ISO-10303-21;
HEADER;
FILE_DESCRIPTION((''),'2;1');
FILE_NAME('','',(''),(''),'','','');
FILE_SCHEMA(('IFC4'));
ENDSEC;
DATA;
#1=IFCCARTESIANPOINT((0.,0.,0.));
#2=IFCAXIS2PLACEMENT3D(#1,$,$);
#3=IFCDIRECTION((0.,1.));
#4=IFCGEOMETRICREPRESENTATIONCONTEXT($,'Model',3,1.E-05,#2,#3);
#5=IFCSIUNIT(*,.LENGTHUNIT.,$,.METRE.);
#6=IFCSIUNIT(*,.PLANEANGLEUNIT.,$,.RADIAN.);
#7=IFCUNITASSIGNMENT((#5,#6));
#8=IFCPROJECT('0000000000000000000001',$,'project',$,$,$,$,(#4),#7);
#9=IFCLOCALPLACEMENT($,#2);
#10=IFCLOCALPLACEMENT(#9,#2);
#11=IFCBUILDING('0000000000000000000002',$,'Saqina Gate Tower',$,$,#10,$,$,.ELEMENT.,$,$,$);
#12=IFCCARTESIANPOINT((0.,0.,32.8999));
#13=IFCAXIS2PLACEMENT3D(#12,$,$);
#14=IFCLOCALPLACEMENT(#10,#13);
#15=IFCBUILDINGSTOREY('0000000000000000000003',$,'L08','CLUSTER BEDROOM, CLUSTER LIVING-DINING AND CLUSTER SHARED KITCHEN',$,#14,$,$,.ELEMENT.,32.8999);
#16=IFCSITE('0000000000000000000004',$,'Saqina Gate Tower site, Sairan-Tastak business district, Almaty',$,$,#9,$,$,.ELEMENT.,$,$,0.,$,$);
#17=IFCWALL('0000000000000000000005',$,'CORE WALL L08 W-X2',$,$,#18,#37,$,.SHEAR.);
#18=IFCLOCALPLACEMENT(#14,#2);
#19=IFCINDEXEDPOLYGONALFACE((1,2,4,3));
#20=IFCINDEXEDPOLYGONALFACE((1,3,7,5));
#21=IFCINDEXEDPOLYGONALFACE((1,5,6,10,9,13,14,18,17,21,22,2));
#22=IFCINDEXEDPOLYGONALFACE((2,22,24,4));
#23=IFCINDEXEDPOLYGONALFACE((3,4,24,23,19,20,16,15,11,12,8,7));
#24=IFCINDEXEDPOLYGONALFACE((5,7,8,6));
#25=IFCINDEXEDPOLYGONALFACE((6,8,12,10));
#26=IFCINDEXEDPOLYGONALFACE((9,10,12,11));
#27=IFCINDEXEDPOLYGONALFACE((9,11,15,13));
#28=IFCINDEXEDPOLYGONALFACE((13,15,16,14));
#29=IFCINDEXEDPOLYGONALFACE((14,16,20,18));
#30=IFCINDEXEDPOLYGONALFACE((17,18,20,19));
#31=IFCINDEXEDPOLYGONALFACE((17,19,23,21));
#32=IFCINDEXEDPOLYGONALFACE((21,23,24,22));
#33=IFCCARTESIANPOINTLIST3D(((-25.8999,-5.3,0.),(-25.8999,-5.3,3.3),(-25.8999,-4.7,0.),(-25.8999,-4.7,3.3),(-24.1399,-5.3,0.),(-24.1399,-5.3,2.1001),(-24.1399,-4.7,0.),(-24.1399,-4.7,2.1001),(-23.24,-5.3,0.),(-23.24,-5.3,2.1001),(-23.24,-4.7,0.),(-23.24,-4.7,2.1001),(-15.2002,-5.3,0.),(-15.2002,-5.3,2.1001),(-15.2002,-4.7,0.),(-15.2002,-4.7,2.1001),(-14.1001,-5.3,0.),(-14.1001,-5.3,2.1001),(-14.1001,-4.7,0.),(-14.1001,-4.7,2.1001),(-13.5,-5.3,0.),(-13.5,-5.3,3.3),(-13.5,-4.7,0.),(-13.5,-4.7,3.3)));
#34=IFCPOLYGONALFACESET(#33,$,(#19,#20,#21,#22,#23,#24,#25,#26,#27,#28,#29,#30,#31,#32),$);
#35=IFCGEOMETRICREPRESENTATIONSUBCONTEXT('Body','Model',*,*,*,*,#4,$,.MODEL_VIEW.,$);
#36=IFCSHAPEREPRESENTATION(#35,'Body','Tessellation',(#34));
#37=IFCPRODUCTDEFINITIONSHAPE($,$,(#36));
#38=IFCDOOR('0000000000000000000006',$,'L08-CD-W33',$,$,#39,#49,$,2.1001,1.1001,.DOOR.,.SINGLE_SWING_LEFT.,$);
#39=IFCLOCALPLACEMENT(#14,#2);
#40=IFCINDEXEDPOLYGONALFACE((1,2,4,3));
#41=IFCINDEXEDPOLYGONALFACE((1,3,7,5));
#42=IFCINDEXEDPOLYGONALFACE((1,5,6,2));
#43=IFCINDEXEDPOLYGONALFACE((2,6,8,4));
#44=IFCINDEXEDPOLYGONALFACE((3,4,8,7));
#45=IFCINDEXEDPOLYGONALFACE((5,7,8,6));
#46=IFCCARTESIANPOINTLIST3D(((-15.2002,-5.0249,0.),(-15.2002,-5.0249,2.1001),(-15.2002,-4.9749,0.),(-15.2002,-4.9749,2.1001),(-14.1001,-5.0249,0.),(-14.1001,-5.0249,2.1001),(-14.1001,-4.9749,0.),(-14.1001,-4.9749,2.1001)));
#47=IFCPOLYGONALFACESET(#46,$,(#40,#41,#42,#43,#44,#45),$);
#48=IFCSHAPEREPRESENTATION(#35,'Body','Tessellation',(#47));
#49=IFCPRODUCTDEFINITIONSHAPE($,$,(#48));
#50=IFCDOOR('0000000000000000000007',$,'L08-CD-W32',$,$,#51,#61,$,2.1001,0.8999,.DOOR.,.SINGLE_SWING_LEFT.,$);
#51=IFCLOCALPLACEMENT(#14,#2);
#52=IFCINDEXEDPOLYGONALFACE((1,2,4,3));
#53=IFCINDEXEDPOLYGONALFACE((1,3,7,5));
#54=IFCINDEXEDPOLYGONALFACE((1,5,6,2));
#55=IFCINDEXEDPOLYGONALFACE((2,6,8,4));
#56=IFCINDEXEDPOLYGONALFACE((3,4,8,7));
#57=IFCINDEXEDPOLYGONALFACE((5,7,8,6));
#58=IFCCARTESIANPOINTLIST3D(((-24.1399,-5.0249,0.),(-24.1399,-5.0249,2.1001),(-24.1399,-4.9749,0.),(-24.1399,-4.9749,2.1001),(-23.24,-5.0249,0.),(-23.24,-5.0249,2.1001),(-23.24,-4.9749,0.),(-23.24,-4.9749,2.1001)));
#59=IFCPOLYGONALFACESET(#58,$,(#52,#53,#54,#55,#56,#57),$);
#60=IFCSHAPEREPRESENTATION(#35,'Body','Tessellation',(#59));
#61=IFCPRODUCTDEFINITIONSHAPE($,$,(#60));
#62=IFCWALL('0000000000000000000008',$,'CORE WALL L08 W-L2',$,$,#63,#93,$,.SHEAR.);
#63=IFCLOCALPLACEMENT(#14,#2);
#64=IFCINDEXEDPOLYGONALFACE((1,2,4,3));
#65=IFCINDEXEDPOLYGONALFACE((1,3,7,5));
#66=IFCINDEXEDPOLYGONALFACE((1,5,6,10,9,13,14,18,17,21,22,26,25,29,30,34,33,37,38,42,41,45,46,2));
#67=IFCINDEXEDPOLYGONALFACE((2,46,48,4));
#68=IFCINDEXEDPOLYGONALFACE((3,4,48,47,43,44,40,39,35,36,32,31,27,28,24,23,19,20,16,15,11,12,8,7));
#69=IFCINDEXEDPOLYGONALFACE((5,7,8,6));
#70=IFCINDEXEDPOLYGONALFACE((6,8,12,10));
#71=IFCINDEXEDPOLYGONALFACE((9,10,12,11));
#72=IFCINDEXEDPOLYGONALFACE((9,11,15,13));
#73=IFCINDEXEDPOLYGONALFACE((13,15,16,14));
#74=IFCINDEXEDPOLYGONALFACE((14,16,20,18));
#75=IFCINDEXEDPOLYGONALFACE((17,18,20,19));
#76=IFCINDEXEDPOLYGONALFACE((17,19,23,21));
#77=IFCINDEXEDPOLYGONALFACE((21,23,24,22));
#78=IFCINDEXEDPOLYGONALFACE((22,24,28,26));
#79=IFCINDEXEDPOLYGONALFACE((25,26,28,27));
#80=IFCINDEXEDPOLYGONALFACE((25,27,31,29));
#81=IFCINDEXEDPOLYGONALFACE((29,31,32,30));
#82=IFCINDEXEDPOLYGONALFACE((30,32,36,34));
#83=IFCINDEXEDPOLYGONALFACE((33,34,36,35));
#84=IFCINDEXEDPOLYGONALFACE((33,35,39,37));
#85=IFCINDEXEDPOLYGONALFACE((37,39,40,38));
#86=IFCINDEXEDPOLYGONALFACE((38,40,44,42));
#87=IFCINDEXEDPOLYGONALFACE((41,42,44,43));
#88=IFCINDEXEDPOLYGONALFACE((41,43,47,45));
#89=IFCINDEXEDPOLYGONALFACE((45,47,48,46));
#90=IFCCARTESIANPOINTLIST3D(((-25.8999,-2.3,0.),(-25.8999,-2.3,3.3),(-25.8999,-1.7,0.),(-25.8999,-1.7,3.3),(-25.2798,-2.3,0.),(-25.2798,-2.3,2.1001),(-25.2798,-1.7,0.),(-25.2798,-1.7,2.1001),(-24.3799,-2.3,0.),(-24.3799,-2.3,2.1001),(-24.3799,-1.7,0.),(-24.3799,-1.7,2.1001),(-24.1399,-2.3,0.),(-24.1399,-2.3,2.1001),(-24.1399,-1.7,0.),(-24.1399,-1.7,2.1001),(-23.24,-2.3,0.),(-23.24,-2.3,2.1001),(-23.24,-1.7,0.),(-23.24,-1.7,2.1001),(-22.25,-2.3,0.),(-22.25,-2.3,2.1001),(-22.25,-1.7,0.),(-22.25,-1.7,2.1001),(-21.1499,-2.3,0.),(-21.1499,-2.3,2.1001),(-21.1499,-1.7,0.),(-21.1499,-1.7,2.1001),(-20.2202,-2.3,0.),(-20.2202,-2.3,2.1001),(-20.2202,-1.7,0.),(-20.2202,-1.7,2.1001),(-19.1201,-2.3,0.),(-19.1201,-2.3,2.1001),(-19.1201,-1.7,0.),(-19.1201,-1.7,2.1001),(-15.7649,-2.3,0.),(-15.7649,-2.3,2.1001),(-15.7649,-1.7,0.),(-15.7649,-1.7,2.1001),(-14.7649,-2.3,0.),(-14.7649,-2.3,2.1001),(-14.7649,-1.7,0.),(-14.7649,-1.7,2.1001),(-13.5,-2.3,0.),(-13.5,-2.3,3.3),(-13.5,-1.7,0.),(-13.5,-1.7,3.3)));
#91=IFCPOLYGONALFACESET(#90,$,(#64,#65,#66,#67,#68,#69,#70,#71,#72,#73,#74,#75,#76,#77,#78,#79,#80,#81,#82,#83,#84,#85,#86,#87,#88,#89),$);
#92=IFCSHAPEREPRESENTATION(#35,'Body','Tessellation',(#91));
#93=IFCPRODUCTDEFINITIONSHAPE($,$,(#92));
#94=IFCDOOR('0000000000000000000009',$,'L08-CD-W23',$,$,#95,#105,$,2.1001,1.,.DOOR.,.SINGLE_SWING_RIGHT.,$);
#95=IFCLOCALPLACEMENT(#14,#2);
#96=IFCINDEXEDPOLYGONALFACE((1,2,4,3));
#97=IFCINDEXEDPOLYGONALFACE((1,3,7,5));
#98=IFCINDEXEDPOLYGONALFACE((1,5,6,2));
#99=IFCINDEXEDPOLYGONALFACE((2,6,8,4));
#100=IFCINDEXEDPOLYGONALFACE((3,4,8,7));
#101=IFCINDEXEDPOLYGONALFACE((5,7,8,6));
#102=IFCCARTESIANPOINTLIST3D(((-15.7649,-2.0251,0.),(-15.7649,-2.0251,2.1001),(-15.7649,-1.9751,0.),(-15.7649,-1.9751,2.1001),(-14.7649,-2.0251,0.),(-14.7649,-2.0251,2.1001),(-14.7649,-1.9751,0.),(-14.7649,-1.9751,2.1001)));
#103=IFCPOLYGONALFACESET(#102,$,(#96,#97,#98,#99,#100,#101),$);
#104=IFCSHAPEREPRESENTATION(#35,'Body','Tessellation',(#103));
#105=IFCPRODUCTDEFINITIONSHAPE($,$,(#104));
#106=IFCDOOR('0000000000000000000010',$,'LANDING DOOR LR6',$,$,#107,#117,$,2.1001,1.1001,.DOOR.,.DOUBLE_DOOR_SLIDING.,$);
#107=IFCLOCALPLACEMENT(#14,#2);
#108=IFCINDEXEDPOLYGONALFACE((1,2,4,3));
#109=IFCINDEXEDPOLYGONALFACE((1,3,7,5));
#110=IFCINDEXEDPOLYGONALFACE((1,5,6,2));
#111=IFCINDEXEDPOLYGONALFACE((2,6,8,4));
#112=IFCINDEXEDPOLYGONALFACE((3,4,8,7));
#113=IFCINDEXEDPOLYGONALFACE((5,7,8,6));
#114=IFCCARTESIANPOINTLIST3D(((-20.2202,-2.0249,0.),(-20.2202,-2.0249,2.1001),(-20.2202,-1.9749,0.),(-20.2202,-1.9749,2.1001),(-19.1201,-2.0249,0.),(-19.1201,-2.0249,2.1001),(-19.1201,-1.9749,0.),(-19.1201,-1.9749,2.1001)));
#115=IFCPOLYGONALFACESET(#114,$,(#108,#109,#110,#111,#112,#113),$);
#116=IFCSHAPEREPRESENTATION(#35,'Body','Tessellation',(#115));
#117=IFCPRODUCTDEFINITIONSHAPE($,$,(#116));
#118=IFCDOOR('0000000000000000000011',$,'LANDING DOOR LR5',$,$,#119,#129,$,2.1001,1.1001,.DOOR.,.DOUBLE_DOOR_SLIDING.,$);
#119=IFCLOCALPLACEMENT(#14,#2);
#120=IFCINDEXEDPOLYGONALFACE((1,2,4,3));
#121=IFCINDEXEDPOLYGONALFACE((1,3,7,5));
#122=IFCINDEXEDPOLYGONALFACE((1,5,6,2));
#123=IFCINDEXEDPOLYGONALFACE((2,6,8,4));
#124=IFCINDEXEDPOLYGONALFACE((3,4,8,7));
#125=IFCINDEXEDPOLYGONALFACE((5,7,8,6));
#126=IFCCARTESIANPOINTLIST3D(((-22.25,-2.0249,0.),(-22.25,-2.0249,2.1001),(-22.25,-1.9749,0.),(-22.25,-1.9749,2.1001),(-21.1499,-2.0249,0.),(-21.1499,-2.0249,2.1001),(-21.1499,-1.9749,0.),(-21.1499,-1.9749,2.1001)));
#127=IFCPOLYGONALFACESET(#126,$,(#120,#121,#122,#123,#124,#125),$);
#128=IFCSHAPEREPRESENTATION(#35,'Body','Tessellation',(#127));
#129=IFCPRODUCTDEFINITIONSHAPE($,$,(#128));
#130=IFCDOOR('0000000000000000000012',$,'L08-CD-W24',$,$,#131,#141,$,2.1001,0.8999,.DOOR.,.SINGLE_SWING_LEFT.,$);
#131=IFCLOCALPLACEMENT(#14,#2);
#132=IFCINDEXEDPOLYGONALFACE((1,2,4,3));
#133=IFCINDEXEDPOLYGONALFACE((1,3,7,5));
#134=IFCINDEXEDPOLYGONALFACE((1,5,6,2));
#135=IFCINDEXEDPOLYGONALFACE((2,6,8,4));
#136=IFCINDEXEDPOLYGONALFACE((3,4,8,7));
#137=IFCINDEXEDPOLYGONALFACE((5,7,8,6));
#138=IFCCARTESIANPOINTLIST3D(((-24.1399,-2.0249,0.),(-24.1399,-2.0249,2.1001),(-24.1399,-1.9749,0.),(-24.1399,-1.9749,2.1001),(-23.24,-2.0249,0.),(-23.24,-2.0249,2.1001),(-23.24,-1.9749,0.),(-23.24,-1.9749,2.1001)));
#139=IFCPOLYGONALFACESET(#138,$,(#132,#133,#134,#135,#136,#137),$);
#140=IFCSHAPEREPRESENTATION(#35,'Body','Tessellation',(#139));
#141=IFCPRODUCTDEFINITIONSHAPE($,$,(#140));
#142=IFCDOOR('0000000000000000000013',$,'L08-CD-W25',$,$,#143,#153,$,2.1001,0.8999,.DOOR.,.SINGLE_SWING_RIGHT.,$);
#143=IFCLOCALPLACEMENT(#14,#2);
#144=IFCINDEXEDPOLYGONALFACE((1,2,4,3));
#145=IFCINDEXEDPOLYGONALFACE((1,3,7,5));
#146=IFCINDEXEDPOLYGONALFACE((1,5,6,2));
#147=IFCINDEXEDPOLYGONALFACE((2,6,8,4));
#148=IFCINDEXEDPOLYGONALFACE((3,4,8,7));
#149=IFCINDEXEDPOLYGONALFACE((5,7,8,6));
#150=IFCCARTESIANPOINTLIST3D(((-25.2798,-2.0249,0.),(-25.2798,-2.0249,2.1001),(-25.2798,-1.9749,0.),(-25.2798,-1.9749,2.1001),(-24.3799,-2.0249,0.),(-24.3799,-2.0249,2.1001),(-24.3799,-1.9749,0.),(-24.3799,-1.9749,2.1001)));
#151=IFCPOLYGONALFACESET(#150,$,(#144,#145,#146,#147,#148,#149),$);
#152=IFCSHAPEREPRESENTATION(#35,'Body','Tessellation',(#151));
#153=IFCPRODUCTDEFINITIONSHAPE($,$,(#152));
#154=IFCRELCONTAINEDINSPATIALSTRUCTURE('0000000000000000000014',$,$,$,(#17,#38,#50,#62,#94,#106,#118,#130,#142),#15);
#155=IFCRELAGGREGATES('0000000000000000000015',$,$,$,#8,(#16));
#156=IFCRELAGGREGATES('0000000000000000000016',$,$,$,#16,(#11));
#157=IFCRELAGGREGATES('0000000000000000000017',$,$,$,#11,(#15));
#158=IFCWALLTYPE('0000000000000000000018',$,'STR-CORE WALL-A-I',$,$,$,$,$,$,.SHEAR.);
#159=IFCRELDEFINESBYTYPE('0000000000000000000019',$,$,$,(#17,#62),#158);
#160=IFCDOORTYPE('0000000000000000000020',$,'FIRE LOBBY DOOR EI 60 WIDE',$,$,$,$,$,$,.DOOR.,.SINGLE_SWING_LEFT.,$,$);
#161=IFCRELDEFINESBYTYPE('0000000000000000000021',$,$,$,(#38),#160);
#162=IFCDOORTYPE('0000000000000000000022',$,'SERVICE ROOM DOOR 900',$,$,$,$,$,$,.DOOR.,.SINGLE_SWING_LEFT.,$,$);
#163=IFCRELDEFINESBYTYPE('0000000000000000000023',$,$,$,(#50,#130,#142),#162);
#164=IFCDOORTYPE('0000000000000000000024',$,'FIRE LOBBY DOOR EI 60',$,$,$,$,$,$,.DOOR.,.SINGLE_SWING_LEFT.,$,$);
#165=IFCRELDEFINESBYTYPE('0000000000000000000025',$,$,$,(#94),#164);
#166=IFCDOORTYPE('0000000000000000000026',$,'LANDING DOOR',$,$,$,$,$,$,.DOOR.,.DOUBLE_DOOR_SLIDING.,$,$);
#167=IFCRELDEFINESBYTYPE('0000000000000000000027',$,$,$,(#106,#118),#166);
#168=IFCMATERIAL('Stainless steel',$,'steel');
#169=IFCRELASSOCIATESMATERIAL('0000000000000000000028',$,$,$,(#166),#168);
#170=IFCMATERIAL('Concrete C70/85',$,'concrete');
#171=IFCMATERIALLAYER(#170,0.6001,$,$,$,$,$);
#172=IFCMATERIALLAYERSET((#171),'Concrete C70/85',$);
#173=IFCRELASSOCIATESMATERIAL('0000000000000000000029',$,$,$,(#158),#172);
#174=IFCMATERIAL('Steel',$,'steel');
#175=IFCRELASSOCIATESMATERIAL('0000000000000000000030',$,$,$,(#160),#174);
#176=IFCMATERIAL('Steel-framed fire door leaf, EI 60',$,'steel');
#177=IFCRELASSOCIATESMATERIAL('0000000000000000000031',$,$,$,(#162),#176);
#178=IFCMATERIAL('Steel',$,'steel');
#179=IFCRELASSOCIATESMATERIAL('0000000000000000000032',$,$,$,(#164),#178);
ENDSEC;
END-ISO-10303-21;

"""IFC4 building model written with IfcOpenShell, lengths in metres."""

from ifc_helpers import new_model, si_unit, direction, frame, frame_2d, origin, place, context, subcontext, project, spatial, rectangle, extrude, material, layer, layer_set, type_object, element, fill, save


model = new_model("IFC4")

# Units and contexts
model_context = context("Model", 3, precision=1e-05, world=origin(), true_north=direction((0.0, 1.0)))
body_context = subcontext(model_context, "Body", "Model", "MODEL_VIEW")
ifc_project = project(units=[si_unit("LENGTHUNIT", "METRE"), si_unit("PLANEANGLEUNIT", "RADIAN")], contexts=[model_context])

# Site, building, storey
site_placement = place(None, origin())
site = spatial("IfcSite", under=ifc_project, at=site_placement, Name="Saqina Gate Tower site, Sairan-Tastak business district, Almaty", CompositionType="ELEMENT", RefElevation=0.0)
building_placement = place(site_placement, origin())
building = spatial("IfcBuilding", under=site, at=building_placement, Name="Saqina Gate Tower", CompositionType="ELEMENT")
storey_placement = place(building_placement, frame((0.0, 0.0, 32.8999)))
storey = spatial("IfcBuildingStorey", under=building, at=storey_placement, Name="L08", Description="CLUSTER BEDROOM, CLUSTER LIVING-DINING AND CLUSTER SHARED KITCHEN", CompositionType="ELEMENT", Elevation=32.8999)

# Shared definitions
ifc_material_1 = material(Name="Stainless steel", Category="steel")
door_type_1 = type_object("IfcDoorType", Name="LANDING DOOR", OperationType="DOUBLE_DOOR_SLIDING", PredefinedType="DOOR", material=ifc_material_1)

# Walls, openings, doors
ifc_material_2 = material(Name="Concrete C70/85", Category="concrete")
ifc_layer_1 = layer(ifc_material_2, 0.6001)
ifc_layer_set_1 = layer_set([ifc_layer_1], Name="Concrete C70/85")
wall_type_1 = type_object("IfcWallType", Name="STR-CORE WALL-A-I", PredefinedType="SHEAR", material=ifc_layer_set_1)
wall_1_placement = place(storey_placement, frame((-13.5, -5.0, 0.0), z_axis=(0.0, 0.0, 1.0), x_axis=(-1.0, 0.0, 0.0)))
wall_1 = element("IfcWall", 1, at=wall_1_placement, inside=storey, type_object=wall_type_1, Name="CORE WALL L08 W-X2", PredefinedType="SHEAR", context=body_context, shape_type="SweptSolid", body=[
    extrude(rectangle(XDim=12.3999, YDim=0.6001, at=frame_2d((6.2, 0.0))), origin(), (0.0, 0.0, 1.0), 3.3),
])
opening_1_placement = place(wall_1_placement, frame((9.74, 0.0, 0.0)))
opening_1 = element("IfcOpeningElement", 2, at=opening_1_placement, cuts=wall_1, PredefinedType="OPENING", context=body_context, shape_type="SweptSolid", body=[
    extrude(rectangle(XDim=0.8999, YDim=2.1001, at=frame_2d((0.45, 1.05))), frame((0.0, 0.312, 0.0), z_axis=(0.0, -1.0, 0.0), x_axis=(1.0, 0.0, 0.0)), (0.0, 0.0, 1.0), 0.624),
])
opening_2_placement = place(wall_1_placement, frame((0.6001, 0.0, 0.0)))
opening_2 = element("IfcOpeningElement", 3, at=opening_2_placement, cuts=wall_1, PredefinedType="OPENING", context=body_context, shape_type="SweptSolid", body=[
    extrude(rectangle(XDim=1.1001, YDim=2.1001, at=frame_2d((0.55, 1.05))), frame((0.0, 0.312, 0.0), z_axis=(0.0, -1.0, 0.0), x_axis=(1.0, 0.0, 0.0)), (0.0, 0.0, 1.0), 0.624),
])
ifc_material_3 = material(Name="Steel", Category="steel")
door_type_2 = type_object("IfcDoorType", Name="FIRE LOBBY DOOR EI 60 WIDE", OperationType="SINGLE_SWING_LEFT", PredefinedType="DOOR", material=ifc_material_3)
door_1_placement = place(opening_2_placement, origin())
door_1 = element("IfcDoor", 4, at=door_1_placement, inside=storey, type_object=door_type_2, Name="L08-CD-W33", OperationType="SINGLE_SWING_LEFT", OverallHeight=2.1001, OverallWidth=1.1001, PredefinedType="DOOR", context=body_context, shape_type="SweptSolid", body=[
    extrude(rectangle(XDim=1.1001, YDim=2.1001, at=frame_2d((0.55, 1.05))), frame((0.0, 0.0249, 0.0), z_axis=(0.0, -1.0, 0.0), x_axis=(1.0, 0.0, 0.0)), (0.0, 0.0, 1.0), 0.05),
])
fill(opening_2, door_1)
ifc_material_4 = material(Name="Steel-framed fire door leaf, EI 60", Category="steel")
door_type_3 = type_object("IfcDoorType", Name="SERVICE ROOM DOOR 900", OperationType="SINGLE_SWING_LEFT", PredefinedType="DOOR", material=ifc_material_4)
door_2_placement = place(opening_1_placement, origin())
door_2 = element("IfcDoor", 5, at=door_2_placement, inside=storey, type_object=door_type_3, Name="L08-CD-W32", OperationType="SINGLE_SWING_LEFT", OverallHeight=2.1001, OverallWidth=0.8999, PredefinedType="DOOR", context=body_context, shape_type="SweptSolid", body=[
    extrude(rectangle(XDim=0.8999, YDim=2.1001, at=frame_2d((0.45, 1.05))), frame((0.0, 0.0249, 0.0), z_axis=(0.0, -1.0, 0.0), x_axis=(1.0, 0.0, 0.0)), (0.0, 0.0, 1.0), 0.05),
])
fill(opening_1, door_2)
wall_2_placement = place(storey_placement, frame((-13.5, -2.0, 0.0), z_axis=(0.0, 0.0, 1.0), x_axis=(-1.0, 0.0, 0.0)))
wall_2 = element("IfcWall", 6, at=wall_2_placement, inside=storey, type_object=wall_type_1, Name="CORE WALL L08 W-L2", PredefinedType="SHEAR", context=body_context, shape_type="SweptSolid", body=[
    extrude(rectangle(XDim=12.3999, YDim=0.6001, at=frame_2d((6.2, 0.0))), origin(), (0.0, 0.0, 1.0), 3.3),
])
opening_3_placement = place(wall_2_placement, frame((5.6201, 0.0, 0.0)))
opening_3 = element("IfcOpeningElement", 7, at=opening_3_placement, cuts=wall_2, PredefinedType="OPENING", context=body_context, shape_type="SweptSolid", body=[
    extrude(rectangle(XDim=1.1001, YDim=2.1001, at=frame_2d((0.55, 1.05))), frame((0.0, 0.312, 0.0), z_axis=(0.0, -1.0, 0.0), x_axis=(1.0, 0.0, 0.0)), (0.0, 0.0, 1.0), 0.624),
])
opening_4_placement = place(wall_2_placement, frame((7.6499, 0.0, 0.0)))
opening_4 = element("IfcOpeningElement", 8, at=opening_4_placement, cuts=wall_2, PredefinedType="OPENING", context=body_context, shape_type="SweptSolid", body=[
    extrude(rectangle(XDim=1.1001, YDim=2.1001, at=frame_2d((0.55, 1.05))), frame((0.0, 0.312, 0.0), z_axis=(0.0, -1.0, 0.0), x_axis=(1.0, 0.0, 0.0)), (0.0, 0.0, 1.0), 0.624),
])
opening_5_placement = place(wall_2_placement, frame((1.2649, 0.0, 0.0)))
opening_5 = element("IfcOpeningElement", 9, at=opening_5_placement, cuts=wall_2, PredefinedType="OPENING", context=body_context, shape_type="SweptSolid", body=[
    extrude(rectangle(XDim=1.0, YDim=2.1001, at=frame_2d((0.5, 1.05))), frame((0.0, 0.312, 0.0), z_axis=(0.0, -1.0, 0.0), x_axis=(1.0, 0.0, 0.0)), (0.0, 0.0, 1.0), 0.624),
])
opening_6_placement = place(wall_2_placement, frame((9.74, 0.0, 0.0)))
opening_6 = element("IfcOpeningElement", 10, at=opening_6_placement, cuts=wall_2, PredefinedType="OPENING", context=body_context, shape_type="SweptSolid", body=[
    extrude(rectangle(XDim=0.8999, YDim=2.1001, at=frame_2d((0.45, 1.05))), frame((0.0, 0.312, 0.0), z_axis=(0.0, -1.0, 0.0), x_axis=(1.0, 0.0, 0.0)), (0.0, 0.0, 1.0), 0.624),
])
opening_7_placement = place(wall_2_placement, frame((10.8799, 0.0, 0.0)))
opening_7 = element("IfcOpeningElement", 11, at=opening_7_placement, cuts=wall_2, PredefinedType="OPENING", context=body_context, shape_type="SweptSolid", body=[
    extrude(rectangle(XDim=0.8999, YDim=2.1001, at=frame_2d((0.45, 1.05))), frame((0.0, 0.312, 0.0), z_axis=(0.0, -1.0, 0.0), x_axis=(1.0, 0.0, 0.0)), (0.0, 0.0, 1.0), 0.624),
])
ifc_material_5 = material(Name="Steel", Category="steel")
door_type_4 = type_object("IfcDoorType", Name="FIRE LOBBY DOOR EI 60", OperationType="SINGLE_SWING_LEFT", PredefinedType="DOOR", material=ifc_material_5)
door_3_placement = place(opening_5_placement, frame((1.0, 0.0, 0.0), z_axis=(0.0, 0.0, 1.0), x_axis=(-1.0, 0.0, 0.0)))
door_3 = element("IfcDoor", 12, at=door_3_placement, inside=storey, type_object=door_type_4, Name="L08-CD-W23", OperationType="SINGLE_SWING_RIGHT", OverallHeight=2.1001, OverallWidth=1.0, PredefinedType="DOOR", context=body_context, shape_type="SweptSolid", body=[
    extrude(rectangle(XDim=1.0, YDim=2.1001, at=frame_2d((0.5, 1.05))), frame((0.0, 0.0249, 0.0), z_axis=(0.0, -1.0, 0.0), x_axis=(1.0, 0.0, 0.0)), (0.0, 0.0, 1.0), 0.05),
])
fill(opening_5, door_3)
door_4_placement = place(opening_3_placement, origin())
door_4 = element("IfcDoor", 13, at=door_4_placement, inside=storey, type_object=door_type_1, Name="LANDING DOOR LR6", OperationType="DOUBLE_DOOR_SLIDING", OverallHeight=2.1001, OverallWidth=1.1001, PredefinedType="DOOR", context=body_context, shape_type="SweptSolid", body=[
    extrude(rectangle(XDim=1.1001, YDim=2.1001, at=frame_2d((0.55, 1.05))), frame((0.0, 0.0249, 0.0), z_axis=(0.0, -1.0, 0.0), x_axis=(1.0, 0.0, 0.0)), (0.0, 0.0, 1.0), 0.05),
])
fill(opening_3, door_4)
door_5_placement = place(opening_4_placement, origin())
door_5 = element("IfcDoor", 14, at=door_5_placement, inside=storey, type_object=door_type_1, Name="LANDING DOOR LR5", OperationType="DOUBLE_DOOR_SLIDING", OverallHeight=2.1001, OverallWidth=1.1001, PredefinedType="DOOR", context=body_context, shape_type="SweptSolid", body=[
    extrude(rectangle(XDim=1.1001, YDim=2.1001, at=frame_2d((0.55, 1.05))), frame((0.0, 0.0249, 0.0), z_axis=(0.0, -1.0, 0.0), x_axis=(1.0, 0.0, 0.0)), (0.0, 0.0, 1.0), 0.05),
])
fill(opening_4, door_5)
door_6_placement = place(opening_6_placement, origin())
door_6 = element("IfcDoor", 15, at=door_6_placement, inside=storey, type_object=door_type_3, Name="L08-CD-W24", OperationType="SINGLE_SWING_LEFT", OverallHeight=2.1001, OverallWidth=0.8999, PredefinedType="DOOR", context=body_context, shape_type="SweptSolid", body=[
    extrude(rectangle(XDim=0.8999, YDim=2.1001, at=frame_2d((0.45, 1.05))), frame((0.0, 0.0249, 0.0), z_axis=(0.0, -1.0, 0.0), x_axis=(1.0, 0.0, 0.0)), (0.0, 0.0, 1.0), 0.05),
])
fill(opening_6, door_6)
door_7_placement = place(opening_7_placement, origin())
door_7 = element("IfcDoor", 16, at=door_7_placement, inside=storey, type_object=door_type_3, Name="L08-CD-W25", OperationType="SINGLE_SWING_RIGHT", OverallHeight=2.1001, OverallWidth=0.8999, PredefinedType="DOOR", context=body_context, shape_type="SweptSolid", body=[
    extrude(rectangle(XDim=0.8999, YDim=2.1001, at=frame_2d((0.45, 1.05))), frame((0.0, 0.0249, 0.0), z_axis=(0.0, -1.0, 0.0), x_axis=(1.0, 0.0, 0.0)), (0.0, 0.0, 1.0), 0.05),
])
fill(opening_7, door_7)

save(model, "model.ifc")
